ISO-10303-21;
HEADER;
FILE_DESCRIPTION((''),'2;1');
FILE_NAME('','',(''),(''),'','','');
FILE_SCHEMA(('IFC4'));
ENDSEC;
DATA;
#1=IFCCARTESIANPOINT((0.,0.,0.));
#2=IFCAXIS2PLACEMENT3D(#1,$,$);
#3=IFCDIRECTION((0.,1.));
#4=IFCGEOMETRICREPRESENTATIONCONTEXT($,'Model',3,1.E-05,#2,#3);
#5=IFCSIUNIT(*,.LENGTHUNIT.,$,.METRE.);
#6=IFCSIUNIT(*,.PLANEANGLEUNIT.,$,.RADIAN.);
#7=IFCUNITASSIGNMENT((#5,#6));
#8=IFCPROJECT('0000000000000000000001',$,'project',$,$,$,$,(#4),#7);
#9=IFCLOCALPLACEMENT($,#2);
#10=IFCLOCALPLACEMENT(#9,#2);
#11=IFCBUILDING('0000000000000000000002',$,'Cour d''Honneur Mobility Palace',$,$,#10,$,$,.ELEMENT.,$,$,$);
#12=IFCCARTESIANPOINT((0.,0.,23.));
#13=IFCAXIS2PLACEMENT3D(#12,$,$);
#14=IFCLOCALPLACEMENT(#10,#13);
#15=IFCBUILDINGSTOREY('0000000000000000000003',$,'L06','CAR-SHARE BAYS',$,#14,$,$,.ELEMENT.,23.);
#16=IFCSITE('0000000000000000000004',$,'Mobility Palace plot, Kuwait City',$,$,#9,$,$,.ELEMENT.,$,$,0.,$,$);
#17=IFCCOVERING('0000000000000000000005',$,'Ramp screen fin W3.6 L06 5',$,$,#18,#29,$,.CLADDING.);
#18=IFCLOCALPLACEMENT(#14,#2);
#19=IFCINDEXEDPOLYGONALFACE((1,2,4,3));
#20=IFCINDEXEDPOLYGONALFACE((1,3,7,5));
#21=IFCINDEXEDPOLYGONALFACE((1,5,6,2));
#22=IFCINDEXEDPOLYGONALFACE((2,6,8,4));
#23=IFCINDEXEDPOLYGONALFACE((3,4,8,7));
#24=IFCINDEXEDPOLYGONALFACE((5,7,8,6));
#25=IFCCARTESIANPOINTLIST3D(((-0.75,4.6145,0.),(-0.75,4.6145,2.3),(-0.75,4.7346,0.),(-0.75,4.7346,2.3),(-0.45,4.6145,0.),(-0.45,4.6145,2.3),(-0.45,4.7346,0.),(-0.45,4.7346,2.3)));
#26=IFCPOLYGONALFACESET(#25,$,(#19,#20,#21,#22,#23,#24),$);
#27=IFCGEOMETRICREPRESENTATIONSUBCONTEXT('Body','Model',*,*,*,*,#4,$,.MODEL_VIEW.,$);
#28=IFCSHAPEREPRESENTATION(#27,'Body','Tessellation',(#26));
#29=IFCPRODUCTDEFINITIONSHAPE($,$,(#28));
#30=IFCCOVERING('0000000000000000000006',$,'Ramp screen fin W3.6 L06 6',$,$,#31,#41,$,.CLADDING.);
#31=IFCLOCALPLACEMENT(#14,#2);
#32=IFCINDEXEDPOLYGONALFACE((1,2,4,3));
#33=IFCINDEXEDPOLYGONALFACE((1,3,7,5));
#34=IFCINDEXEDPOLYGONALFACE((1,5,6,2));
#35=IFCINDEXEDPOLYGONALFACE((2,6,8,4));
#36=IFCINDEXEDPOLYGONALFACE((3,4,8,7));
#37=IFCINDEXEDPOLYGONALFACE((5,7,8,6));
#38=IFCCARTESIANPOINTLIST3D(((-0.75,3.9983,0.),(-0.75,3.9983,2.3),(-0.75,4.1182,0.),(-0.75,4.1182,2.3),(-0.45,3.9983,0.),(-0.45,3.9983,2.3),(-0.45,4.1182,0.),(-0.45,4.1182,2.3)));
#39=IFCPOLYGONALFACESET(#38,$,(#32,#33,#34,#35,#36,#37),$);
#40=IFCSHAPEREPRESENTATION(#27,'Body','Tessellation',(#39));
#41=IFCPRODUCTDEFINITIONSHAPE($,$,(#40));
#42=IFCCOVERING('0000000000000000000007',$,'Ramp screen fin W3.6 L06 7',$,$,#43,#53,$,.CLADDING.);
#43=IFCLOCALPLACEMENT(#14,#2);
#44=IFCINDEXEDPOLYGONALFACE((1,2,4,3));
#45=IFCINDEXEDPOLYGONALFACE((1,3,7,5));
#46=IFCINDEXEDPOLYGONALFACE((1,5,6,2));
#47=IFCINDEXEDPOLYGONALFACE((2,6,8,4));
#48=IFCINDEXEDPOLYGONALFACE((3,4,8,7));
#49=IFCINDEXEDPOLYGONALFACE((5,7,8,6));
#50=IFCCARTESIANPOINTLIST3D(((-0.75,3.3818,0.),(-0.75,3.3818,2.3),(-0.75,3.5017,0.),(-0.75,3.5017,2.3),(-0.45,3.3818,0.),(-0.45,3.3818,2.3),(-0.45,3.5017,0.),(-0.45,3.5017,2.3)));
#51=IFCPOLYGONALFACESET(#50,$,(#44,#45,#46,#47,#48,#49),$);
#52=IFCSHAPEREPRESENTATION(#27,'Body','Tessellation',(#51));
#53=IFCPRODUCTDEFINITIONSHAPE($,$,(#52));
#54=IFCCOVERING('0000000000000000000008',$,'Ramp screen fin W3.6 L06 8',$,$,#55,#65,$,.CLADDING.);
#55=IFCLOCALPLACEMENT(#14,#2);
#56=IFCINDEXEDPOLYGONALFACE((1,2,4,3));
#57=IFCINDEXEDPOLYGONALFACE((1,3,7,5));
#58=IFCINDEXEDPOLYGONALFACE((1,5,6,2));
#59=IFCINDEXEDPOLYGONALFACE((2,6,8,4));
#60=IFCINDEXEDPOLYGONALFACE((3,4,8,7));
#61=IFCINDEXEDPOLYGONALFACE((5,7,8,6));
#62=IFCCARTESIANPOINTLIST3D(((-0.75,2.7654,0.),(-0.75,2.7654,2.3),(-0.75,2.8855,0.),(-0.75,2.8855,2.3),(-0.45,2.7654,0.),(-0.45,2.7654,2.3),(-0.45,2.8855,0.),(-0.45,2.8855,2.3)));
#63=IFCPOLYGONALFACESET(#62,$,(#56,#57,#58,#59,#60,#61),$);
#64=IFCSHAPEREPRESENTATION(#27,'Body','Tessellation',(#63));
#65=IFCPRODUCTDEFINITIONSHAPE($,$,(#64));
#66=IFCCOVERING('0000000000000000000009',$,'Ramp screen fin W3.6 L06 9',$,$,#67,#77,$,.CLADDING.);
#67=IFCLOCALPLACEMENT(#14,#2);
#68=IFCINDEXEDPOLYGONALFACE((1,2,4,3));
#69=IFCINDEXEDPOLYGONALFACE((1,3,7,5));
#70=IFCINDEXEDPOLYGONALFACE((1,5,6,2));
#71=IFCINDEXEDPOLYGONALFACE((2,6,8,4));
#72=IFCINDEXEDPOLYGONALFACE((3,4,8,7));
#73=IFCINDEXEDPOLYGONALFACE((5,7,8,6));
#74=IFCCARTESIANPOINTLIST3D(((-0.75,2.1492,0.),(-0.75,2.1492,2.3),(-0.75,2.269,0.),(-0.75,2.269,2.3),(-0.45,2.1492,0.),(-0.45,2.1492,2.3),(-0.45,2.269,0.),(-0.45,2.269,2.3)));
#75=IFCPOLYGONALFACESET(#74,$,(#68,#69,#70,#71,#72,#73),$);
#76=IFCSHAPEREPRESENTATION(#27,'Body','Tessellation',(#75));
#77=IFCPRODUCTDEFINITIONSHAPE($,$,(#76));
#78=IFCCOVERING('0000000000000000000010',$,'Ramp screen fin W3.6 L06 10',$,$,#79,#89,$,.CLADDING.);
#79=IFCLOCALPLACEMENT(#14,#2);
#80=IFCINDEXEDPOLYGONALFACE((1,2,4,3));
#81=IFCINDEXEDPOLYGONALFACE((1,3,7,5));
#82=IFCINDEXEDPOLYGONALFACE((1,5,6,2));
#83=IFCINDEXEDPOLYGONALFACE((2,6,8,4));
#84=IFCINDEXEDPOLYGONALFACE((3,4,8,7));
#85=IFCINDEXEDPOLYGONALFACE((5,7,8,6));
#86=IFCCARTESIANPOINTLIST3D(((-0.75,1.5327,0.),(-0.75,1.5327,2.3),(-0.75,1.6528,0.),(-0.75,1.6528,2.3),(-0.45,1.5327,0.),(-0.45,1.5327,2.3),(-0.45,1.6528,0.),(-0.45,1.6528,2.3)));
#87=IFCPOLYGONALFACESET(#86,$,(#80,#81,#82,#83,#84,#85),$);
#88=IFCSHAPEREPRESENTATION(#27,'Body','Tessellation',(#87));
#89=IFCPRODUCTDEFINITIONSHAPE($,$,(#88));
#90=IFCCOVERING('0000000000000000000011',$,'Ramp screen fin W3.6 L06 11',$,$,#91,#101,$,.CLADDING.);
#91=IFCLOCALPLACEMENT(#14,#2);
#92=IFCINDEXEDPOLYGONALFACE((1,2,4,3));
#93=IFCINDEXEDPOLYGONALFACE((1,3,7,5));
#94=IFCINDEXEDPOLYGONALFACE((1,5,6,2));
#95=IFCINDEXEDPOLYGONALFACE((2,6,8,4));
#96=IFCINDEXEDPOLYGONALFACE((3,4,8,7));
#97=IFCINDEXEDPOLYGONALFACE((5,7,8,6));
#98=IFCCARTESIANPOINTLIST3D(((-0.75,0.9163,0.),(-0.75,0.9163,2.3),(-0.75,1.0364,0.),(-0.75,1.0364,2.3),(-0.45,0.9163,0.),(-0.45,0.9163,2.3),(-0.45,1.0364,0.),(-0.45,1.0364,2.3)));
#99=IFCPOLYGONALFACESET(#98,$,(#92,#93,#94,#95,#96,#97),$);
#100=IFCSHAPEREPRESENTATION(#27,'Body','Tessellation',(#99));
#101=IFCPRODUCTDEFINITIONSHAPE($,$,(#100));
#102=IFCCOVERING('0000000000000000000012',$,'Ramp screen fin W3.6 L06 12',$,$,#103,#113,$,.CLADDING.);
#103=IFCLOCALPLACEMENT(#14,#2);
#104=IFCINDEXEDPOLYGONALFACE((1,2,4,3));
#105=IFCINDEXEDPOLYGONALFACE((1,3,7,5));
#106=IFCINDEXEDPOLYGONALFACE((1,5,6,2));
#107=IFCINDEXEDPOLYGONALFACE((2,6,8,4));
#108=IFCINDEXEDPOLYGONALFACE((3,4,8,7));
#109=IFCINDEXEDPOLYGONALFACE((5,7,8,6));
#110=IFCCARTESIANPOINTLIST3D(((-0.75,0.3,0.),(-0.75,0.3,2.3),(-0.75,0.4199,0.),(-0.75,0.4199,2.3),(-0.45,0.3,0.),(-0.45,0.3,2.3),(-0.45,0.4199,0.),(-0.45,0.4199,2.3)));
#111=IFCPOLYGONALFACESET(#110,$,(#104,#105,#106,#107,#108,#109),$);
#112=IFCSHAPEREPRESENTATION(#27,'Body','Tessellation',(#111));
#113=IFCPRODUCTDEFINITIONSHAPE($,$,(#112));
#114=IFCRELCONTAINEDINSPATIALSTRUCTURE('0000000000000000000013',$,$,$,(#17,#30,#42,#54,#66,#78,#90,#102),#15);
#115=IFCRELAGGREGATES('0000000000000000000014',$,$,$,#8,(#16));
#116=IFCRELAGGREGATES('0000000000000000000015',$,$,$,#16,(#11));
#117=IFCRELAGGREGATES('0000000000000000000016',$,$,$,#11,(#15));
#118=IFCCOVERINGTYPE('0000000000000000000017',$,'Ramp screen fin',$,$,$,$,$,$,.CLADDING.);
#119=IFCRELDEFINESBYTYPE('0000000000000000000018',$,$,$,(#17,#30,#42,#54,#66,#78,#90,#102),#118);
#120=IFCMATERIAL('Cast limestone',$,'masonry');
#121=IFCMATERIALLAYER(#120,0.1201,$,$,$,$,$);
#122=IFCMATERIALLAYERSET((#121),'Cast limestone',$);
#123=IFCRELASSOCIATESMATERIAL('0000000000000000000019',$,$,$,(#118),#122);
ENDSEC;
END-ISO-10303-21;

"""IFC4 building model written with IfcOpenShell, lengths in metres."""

from ifc_helpers import new_model, si_unit, direction, frame, origin, place, context, subcontext, project, spatial, polyline, outline, extrude, material, layer, layer_set, type_object, element, save


model = new_model("IFC4")

# Units and contexts
model_context = context("Model", 3, precision=1e-05, world=origin(), true_north=direction((0.0, 1.0)))
body_context = subcontext(model_context, "Body", "Model", "MODEL_VIEW")
ifc_project = project(units=[si_unit("LENGTHUNIT", "METRE"), si_unit("PLANEANGLEUNIT", "RADIAN")], contexts=[model_context])

# Site, building, storey
site_placement = place(None, origin())
site = spatial("IfcSite", under=ifc_project, at=site_placement, Name="Mobility Palace plot, Kuwait City", CompositionType="ELEMENT", RefElevation=0.0)
building_placement = place(site_placement, origin())
building = spatial("IfcBuilding", under=site, at=building_placement, Name="Cour d'Honneur Mobility Palace", CompositionType="ELEMENT")
storey_placement = place(building_placement, frame((0.0, 0.0, 23.0)))
storey = spatial("IfcBuildingStorey", under=building, at=storey_placement, Name="L06", Description="CAR-SHARE BAYS", CompositionType="ELEMENT", Elevation=23.0)

# Coverings
ifc_material_1 = material(Name="Cast limestone", Category="masonry")
ifc_layer_1 = layer(ifc_material_1, 0.1201)
ifc_layer_set_1 = layer_set([ifc_layer_1], Name="Cast limestone")
covering_type_1 = type_object("IfcCoveringType", Name="Ramp screen fin", PredefinedType="CLADDING", material=ifc_layer_set_1)
covering_1_placement = place(storey_placement, origin())
element("IfcCovering", 1, at=covering_1_placement, inside=storey, type_object=covering_type_1, Name="Ramp screen fin W3.6 L06 5", PredefinedType="CLADDING", context=body_context, shape_type="SweptSolid", body=[
    extrude(outline(polyline([(-0.45, 4.7346), (-0.45, 4.6145), (-0.75, 4.6145), (-0.75, 4.7346), (-0.45, 4.7346)])), origin(), (0.0, 0.0, 1.0), 2.3),
])
covering_2_placement = place(storey_placement, origin())
element("IfcCovering", 2, at=covering_2_placement, inside=storey, type_object=covering_type_1, Name="Ramp screen fin W3.6 L06 6", PredefinedType="CLADDING", context=body_context, shape_type="SweptSolid", body=[
    extrude(outline(polyline([(-0.45, 4.1182), (-0.45, 3.9983), (-0.75, 3.9983), (-0.75, 4.1182), (-0.45, 4.1182)])), origin(), (0.0, 0.0, 1.0), 2.3),
])
covering_3_placement = place(storey_placement, origin())
element("IfcCovering", 3, at=covering_3_placement, inside=storey, type_object=covering_type_1, Name="Ramp screen fin W3.6 L06 7", PredefinedType="CLADDING", context=body_context, shape_type="SweptSolid", body=[
    extrude(outline(polyline([(-0.45, 3.5017), (-0.45, 3.3818), (-0.75, 3.3818), (-0.75, 3.5017), (-0.45, 3.5017)])), origin(), (0.0, 0.0, 1.0), 2.3),
])
covering_4_placement = place(storey_placement, origin())
element("IfcCovering", 4, at=covering_4_placement, inside=storey, type_object=covering_type_1, Name="Ramp screen fin W3.6 L06 8", PredefinedType="CLADDING", context=body_context, shape_type="SweptSolid", body=[
    extrude(outline(polyline([(-0.45, 2.8855), (-0.45, 2.7654), (-0.75, 2.7654), (-0.75, 2.8855), (-0.45, 2.8855)])), origin(), (0.0, 0.0, 1.0), 2.3),
])
covering_5_placement = place(storey_placement, origin())
element("IfcCovering", 5, at=covering_5_placement, inside=storey, type_object=covering_type_1, Name="Ramp screen fin W3.6 L06 9", PredefinedType="CLADDING", context=body_context, shape_type="SweptSolid", body=[
    extrude(outline(polyline([(-0.45, 2.269), (-0.45, 2.1492), (-0.75, 2.1492), (-0.75, 2.269), (-0.45, 2.269)])), origin(), (0.0, 0.0, 1.0), 2.3),
])
covering_6_placement = place(storey_placement, origin())
element("IfcCovering", 6, at=covering_6_placement, inside=storey, type_object=covering_type_1, Name="Ramp screen fin W3.6 L06 10", PredefinedType="CLADDING", context=body_context, shape_type="SweptSolid", body=[
    extrude(outline(polyline([(-0.45, 1.6528), (-0.45, 1.5327), (-0.75, 1.5327), (-0.75, 1.6528), (-0.45, 1.6528)])), origin(), (0.0, 0.0, 1.0), 2.3),
])
covering_7_placement = place(storey_placement, origin())
element("IfcCovering", 7, at=covering_7_placement, inside=storey, type_object=covering_type_1, Name="Ramp screen fin W3.6 L06 11", PredefinedType="CLADDING", context=body_context, shape_type="SweptSolid", body=[
    extrude(outline(polyline([(-0.45, 1.0364), (-0.45, 0.9163), (-0.75, 0.9163), (-0.75, 1.0364), (-0.45, 1.0364)])), origin(), (0.0, 0.0, 1.0), 2.3),
])
covering_8_placement = place(storey_placement, origin())
element("IfcCovering", 8, at=covering_8_placement, inside=storey, type_object=covering_type_1, Name="Ramp screen fin W3.6 L06 12", PredefinedType="CLADDING", context=body_context, shape_type="SweptSolid", body=[
    extrude(outline(polyline([(-0.45, 0.4199), (-0.45, 0.3), (-0.75, 0.3), (-0.75, 0.4199), (-0.45, 0.4199)])), origin(), (0.0, 0.0, 1.0), 2.3),
])

save(model, "model.ifc")
